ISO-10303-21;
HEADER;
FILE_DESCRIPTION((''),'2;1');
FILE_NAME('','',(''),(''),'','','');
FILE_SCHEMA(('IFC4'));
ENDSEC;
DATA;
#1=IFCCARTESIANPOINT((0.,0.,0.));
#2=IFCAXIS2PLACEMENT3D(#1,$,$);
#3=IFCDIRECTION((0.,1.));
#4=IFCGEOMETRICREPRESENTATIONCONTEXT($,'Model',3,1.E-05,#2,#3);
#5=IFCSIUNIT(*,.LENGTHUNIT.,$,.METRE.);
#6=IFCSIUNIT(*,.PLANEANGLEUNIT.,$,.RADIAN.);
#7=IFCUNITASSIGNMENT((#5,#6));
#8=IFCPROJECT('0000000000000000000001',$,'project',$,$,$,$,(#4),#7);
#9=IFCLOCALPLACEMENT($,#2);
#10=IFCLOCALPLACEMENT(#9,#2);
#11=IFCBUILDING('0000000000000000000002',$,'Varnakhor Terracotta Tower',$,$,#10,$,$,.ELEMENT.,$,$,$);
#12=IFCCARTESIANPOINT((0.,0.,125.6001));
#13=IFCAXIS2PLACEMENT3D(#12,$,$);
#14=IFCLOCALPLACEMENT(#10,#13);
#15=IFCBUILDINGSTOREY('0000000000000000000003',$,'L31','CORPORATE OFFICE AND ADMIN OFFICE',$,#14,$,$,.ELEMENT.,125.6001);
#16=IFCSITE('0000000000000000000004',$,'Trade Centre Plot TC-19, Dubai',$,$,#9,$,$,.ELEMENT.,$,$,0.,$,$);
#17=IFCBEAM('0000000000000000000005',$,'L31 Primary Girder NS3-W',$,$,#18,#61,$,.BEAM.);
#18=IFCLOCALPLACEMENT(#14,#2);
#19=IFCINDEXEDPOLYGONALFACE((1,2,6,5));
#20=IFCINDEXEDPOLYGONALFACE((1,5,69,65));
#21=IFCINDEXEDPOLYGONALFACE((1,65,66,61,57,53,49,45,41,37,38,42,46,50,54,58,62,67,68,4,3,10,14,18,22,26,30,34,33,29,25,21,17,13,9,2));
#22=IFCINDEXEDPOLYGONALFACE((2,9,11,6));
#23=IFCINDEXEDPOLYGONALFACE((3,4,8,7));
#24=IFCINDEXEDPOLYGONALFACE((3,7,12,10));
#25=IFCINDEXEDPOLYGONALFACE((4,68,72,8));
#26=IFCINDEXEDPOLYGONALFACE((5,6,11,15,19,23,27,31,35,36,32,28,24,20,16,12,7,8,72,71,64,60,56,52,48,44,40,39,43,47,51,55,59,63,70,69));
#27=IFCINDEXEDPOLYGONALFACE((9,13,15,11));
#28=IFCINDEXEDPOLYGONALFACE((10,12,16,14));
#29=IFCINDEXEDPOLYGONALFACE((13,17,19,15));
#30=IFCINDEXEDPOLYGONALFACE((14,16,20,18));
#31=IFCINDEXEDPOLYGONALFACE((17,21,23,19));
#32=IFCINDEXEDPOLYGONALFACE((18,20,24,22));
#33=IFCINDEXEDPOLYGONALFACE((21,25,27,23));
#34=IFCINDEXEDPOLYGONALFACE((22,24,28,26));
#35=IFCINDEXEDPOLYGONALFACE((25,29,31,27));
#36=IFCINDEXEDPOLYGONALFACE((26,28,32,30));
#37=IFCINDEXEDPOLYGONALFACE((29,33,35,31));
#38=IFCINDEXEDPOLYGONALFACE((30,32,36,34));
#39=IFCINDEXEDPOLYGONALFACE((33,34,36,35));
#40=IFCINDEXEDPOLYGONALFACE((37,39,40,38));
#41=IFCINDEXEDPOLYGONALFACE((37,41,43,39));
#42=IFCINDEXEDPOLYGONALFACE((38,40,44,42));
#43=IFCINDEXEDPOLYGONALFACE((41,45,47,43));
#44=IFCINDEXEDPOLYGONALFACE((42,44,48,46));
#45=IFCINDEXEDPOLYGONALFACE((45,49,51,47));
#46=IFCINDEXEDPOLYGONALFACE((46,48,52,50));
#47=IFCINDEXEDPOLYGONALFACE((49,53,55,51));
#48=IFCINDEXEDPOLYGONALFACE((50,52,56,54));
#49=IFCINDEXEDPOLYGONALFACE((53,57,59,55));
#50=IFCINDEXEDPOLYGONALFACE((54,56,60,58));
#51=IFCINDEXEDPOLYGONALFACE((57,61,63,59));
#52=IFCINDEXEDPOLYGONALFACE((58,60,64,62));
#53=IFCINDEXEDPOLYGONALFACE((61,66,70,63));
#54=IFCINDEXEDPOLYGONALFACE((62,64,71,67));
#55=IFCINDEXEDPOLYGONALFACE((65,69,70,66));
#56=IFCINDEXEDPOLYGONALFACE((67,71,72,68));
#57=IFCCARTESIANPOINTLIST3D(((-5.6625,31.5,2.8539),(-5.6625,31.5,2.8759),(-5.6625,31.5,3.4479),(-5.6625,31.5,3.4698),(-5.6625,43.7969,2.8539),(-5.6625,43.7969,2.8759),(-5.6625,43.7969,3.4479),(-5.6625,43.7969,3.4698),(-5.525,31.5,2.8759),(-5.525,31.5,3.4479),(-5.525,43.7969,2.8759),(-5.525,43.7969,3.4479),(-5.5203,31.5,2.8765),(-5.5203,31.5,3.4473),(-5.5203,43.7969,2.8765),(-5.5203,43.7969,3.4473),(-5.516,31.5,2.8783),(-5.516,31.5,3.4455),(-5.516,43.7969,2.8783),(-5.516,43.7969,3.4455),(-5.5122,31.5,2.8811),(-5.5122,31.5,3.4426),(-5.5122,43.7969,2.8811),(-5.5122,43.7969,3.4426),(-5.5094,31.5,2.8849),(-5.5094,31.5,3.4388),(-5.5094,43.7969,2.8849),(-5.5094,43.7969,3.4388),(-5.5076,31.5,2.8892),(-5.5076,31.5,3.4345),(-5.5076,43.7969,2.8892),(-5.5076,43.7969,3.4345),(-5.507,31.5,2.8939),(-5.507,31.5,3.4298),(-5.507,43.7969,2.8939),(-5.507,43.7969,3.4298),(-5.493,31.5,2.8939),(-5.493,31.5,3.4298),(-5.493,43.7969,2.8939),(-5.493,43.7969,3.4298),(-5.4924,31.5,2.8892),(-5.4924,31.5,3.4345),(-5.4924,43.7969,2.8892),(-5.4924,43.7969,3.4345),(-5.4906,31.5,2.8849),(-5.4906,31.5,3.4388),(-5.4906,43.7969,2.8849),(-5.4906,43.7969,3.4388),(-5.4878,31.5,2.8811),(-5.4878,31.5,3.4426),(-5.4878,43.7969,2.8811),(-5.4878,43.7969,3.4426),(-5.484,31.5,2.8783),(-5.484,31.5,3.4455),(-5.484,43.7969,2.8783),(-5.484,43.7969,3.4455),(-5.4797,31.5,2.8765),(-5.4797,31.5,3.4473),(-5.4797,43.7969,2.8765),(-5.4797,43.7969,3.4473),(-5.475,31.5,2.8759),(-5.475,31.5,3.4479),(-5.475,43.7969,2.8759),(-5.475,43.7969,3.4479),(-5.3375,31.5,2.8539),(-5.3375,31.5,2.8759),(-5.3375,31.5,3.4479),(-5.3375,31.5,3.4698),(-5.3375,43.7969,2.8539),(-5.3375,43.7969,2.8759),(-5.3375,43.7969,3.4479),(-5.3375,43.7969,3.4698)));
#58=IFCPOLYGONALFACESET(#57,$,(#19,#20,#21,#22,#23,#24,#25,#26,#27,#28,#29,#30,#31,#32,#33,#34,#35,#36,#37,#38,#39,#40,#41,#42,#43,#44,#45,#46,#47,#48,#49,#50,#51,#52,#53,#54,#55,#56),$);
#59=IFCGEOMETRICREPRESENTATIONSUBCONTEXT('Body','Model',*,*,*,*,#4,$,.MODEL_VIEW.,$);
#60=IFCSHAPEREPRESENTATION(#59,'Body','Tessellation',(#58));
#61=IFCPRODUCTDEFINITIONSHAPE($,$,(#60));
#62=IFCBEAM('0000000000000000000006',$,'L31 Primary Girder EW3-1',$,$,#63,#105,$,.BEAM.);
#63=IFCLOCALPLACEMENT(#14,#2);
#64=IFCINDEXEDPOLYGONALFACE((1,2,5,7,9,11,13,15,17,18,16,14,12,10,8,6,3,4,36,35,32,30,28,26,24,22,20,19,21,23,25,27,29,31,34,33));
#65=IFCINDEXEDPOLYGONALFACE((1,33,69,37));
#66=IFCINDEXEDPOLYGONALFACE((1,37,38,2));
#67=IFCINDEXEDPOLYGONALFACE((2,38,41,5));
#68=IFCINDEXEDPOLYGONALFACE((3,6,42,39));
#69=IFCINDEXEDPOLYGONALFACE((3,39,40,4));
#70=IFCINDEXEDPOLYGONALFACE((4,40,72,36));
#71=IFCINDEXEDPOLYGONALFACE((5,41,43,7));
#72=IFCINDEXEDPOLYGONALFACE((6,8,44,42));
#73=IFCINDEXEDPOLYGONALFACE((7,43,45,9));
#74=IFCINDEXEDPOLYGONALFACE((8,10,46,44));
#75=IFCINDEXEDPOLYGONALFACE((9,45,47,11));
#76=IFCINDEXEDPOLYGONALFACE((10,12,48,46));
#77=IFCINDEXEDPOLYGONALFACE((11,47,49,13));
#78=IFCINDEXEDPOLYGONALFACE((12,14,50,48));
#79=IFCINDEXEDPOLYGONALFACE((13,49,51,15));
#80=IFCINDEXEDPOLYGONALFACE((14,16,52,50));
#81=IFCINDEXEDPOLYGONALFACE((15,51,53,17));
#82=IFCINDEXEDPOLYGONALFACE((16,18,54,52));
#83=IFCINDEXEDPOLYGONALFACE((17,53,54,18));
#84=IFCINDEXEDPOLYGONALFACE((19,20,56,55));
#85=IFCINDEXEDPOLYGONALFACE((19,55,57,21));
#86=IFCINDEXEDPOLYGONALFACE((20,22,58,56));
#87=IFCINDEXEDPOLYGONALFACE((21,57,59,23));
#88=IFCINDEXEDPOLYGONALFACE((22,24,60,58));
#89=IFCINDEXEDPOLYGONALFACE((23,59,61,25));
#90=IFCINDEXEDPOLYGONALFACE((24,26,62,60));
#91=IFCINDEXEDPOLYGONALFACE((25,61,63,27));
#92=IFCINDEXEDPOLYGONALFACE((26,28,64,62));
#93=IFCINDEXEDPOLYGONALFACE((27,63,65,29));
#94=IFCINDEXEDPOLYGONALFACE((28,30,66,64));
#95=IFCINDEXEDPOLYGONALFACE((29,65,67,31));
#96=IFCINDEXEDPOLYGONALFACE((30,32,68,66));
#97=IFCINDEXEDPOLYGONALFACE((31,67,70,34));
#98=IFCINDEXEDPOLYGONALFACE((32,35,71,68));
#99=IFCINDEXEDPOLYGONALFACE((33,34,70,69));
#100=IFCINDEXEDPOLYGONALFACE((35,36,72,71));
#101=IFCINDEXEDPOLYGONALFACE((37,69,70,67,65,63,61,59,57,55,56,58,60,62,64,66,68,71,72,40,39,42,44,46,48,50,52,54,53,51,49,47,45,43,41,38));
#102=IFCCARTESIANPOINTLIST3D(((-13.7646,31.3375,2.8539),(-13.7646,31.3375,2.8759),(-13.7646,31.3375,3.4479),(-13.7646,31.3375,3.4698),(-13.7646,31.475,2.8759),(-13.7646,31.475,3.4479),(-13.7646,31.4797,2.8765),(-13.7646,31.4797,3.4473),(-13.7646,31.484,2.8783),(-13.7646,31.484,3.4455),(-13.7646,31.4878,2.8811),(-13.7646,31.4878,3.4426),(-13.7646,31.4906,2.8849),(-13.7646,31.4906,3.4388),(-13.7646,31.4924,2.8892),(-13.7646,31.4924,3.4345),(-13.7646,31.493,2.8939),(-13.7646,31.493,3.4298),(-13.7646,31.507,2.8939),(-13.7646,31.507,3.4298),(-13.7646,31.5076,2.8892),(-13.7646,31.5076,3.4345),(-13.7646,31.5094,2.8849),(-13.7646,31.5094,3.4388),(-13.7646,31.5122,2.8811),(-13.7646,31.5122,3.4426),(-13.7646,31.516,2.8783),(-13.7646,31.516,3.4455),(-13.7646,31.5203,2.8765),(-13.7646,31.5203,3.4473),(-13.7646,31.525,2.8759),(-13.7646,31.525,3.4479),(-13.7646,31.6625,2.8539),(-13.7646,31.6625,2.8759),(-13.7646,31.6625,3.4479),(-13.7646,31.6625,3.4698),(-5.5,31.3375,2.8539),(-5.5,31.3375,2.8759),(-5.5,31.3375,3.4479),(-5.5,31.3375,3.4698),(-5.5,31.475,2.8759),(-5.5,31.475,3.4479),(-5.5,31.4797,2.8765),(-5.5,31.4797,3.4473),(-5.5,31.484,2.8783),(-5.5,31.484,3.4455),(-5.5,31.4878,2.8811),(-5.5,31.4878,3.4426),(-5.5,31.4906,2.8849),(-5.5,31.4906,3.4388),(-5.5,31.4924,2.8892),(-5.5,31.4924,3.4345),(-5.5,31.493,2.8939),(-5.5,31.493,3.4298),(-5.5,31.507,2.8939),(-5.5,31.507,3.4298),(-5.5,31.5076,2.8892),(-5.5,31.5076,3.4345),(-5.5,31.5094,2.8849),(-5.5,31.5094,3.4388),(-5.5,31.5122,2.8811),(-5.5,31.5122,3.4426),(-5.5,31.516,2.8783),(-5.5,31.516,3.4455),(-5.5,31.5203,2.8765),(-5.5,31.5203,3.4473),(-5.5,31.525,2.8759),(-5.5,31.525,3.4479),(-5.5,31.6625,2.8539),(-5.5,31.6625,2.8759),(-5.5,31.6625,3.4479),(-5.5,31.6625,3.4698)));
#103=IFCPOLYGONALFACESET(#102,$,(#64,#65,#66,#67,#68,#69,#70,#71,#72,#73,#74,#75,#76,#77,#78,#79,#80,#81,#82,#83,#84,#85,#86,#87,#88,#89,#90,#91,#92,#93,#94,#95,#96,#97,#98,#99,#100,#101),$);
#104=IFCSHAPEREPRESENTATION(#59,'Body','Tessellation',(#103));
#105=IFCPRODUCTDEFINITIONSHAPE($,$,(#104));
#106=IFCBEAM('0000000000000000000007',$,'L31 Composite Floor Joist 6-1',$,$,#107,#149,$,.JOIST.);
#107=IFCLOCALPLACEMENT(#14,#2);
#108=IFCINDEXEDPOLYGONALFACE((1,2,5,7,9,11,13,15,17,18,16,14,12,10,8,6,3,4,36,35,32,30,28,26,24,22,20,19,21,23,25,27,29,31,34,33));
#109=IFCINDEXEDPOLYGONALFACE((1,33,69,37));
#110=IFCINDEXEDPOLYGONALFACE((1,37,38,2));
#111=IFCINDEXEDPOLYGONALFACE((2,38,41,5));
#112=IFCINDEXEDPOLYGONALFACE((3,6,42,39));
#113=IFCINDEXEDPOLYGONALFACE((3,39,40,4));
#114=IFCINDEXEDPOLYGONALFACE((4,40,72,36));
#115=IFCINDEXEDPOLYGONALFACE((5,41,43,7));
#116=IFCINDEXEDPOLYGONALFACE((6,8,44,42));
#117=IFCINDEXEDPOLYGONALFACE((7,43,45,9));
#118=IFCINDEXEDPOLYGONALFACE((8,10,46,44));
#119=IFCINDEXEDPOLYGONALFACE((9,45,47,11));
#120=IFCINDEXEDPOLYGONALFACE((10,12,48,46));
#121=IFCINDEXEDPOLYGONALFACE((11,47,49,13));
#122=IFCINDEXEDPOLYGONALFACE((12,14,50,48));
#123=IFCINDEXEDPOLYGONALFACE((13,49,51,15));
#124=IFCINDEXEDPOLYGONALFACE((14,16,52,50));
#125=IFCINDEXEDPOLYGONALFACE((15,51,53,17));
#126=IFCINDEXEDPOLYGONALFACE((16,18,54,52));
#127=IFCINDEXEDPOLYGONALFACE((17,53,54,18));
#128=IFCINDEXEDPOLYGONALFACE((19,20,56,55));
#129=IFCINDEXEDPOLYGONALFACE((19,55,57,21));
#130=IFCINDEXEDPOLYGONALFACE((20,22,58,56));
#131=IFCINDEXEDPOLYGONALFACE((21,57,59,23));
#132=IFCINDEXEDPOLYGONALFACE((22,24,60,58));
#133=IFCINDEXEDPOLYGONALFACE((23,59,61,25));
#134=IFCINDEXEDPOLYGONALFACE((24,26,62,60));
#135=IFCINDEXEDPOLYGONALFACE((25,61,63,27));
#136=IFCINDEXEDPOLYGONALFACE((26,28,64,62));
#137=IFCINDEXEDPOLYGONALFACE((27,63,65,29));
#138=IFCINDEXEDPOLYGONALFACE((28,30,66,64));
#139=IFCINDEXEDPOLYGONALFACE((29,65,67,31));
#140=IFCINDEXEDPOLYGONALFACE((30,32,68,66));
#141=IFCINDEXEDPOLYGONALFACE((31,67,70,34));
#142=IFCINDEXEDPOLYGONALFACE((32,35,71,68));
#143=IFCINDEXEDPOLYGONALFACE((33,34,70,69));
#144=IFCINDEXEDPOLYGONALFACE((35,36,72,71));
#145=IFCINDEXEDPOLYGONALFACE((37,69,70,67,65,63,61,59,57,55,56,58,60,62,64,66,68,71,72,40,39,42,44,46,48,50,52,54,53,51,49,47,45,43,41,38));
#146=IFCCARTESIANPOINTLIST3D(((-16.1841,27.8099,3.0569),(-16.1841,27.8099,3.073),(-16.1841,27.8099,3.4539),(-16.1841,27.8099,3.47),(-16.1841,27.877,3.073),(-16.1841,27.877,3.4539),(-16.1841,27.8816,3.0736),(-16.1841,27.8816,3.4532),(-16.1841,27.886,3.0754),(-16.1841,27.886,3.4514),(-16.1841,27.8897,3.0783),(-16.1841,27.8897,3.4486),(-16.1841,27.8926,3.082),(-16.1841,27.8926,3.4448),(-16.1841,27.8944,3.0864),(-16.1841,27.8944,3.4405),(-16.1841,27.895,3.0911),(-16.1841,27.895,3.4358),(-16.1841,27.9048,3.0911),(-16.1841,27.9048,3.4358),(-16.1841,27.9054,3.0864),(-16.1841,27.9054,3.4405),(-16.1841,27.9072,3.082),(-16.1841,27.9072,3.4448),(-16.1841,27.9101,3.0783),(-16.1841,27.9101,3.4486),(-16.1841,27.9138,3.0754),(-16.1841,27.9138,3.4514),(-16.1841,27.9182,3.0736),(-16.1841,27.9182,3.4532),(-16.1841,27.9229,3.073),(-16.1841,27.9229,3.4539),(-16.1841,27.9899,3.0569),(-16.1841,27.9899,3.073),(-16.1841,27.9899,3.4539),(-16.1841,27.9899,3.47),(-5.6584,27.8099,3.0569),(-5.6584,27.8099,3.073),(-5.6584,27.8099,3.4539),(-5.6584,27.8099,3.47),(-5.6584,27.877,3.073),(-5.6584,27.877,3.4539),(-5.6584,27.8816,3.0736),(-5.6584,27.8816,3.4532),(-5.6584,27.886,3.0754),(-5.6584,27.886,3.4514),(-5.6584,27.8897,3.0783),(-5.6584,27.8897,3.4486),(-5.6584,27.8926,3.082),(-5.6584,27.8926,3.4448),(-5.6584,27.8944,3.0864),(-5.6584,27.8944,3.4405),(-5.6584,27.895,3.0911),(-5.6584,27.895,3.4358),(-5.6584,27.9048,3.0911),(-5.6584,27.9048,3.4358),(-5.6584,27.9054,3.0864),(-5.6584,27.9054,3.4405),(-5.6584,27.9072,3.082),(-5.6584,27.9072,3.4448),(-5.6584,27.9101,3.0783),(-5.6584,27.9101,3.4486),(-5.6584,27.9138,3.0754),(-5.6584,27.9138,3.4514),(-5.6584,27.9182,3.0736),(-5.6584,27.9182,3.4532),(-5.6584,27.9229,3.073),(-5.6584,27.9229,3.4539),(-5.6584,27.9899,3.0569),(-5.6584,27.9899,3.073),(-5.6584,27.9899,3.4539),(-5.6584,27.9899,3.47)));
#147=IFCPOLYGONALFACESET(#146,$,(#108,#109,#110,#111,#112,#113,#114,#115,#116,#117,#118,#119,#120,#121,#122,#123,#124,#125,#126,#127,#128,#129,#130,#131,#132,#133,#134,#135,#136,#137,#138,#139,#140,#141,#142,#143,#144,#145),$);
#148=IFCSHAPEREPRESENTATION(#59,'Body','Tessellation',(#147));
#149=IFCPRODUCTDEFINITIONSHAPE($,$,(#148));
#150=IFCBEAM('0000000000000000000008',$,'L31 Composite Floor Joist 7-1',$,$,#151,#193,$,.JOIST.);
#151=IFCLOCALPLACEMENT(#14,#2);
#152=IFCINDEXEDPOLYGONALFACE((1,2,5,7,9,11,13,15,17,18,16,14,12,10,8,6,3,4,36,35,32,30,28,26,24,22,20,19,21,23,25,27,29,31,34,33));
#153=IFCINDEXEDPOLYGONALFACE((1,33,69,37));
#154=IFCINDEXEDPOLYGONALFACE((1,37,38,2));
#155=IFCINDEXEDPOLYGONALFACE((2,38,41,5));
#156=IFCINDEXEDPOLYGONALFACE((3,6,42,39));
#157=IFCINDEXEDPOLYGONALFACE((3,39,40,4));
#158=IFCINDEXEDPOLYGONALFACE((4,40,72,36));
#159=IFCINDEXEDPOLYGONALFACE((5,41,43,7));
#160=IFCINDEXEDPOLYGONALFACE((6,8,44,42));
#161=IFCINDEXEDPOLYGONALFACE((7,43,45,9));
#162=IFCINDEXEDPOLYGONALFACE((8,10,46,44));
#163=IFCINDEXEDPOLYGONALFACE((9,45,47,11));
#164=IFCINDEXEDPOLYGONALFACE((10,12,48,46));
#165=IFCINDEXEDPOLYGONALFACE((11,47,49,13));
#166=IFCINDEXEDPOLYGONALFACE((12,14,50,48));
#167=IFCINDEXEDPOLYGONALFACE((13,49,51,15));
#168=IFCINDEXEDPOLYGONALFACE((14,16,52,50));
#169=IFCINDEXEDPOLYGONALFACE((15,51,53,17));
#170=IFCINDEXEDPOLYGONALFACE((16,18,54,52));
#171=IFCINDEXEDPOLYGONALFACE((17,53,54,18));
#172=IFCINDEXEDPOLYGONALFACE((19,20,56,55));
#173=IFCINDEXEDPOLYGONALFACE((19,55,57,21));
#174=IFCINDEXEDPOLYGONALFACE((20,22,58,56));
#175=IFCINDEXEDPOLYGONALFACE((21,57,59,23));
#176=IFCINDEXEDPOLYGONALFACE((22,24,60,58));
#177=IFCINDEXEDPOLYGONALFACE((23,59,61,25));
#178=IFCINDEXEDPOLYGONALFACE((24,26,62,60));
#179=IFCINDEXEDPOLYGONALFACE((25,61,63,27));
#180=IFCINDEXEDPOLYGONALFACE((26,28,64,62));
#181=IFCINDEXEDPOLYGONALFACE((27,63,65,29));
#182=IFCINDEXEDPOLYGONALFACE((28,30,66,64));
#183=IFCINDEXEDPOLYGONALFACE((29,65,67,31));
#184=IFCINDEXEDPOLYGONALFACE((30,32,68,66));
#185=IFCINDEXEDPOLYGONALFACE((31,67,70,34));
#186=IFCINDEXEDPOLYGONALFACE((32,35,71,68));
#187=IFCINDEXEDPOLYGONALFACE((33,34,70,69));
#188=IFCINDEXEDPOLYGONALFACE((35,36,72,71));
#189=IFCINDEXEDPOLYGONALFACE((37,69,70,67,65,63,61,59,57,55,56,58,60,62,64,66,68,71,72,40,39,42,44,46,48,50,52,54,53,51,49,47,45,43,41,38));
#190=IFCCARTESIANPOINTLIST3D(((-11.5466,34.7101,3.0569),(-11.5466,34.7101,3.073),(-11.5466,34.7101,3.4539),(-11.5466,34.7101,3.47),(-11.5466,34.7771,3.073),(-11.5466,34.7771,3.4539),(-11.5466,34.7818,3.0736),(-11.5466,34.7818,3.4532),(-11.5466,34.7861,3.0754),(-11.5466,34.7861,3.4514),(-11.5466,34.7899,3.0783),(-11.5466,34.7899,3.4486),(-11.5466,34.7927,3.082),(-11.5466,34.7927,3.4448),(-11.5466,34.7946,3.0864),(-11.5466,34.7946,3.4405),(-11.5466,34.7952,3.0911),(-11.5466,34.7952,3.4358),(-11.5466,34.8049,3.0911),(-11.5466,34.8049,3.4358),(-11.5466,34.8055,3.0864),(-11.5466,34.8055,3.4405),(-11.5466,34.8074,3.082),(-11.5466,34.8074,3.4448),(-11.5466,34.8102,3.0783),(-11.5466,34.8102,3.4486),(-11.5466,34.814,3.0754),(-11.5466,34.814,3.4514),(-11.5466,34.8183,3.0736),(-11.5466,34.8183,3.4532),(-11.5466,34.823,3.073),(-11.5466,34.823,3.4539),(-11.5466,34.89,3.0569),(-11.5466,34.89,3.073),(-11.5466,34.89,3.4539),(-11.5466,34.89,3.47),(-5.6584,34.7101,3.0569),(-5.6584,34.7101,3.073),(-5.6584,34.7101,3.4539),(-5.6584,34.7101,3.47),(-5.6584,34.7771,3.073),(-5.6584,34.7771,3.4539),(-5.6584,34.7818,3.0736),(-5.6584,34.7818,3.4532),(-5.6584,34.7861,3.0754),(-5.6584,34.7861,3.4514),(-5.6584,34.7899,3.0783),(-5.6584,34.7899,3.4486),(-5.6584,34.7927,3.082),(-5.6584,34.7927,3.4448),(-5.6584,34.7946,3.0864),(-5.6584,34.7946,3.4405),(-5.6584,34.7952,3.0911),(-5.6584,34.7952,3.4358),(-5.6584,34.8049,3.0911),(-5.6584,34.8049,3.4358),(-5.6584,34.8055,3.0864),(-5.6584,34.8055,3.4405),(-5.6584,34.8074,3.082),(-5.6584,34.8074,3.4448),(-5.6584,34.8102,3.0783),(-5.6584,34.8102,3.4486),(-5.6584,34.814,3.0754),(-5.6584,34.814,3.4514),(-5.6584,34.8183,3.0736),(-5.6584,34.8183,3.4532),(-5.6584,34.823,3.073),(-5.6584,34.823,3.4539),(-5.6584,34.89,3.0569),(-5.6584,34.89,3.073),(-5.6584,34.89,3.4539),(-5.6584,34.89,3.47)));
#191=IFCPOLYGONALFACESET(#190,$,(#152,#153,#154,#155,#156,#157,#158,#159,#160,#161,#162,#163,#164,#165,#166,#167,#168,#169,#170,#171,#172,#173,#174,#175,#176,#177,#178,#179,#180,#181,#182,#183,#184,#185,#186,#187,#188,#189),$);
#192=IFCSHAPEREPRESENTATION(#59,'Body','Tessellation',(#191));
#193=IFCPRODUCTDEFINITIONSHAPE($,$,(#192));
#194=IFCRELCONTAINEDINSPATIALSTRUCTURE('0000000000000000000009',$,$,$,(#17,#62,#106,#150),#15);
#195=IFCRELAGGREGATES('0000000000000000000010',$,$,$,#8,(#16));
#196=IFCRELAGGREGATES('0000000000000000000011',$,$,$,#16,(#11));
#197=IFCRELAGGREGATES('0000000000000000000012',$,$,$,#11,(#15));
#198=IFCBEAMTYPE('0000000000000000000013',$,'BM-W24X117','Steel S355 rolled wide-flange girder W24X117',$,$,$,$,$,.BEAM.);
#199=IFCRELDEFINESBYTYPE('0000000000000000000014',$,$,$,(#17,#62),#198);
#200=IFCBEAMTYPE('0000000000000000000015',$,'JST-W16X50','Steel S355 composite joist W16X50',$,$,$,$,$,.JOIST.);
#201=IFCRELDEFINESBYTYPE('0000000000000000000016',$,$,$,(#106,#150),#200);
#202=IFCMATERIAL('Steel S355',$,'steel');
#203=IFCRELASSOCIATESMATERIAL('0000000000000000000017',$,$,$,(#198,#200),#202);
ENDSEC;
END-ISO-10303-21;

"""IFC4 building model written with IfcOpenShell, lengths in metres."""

from ifc_helpers import new_model, si_unit, direction, frame, origin, origin_2d, place, context, subcontext, project, spatial, i_section, extrude, source, transform, mapped, material, material_profile, profile_set, type_object, element, save


model = new_model("IFC4")

# Units and contexts
model_context = context("Model", 3, precision=1e-05, world=origin(), true_north=direction((0.0, 1.0)))
body_context = subcontext(model_context, "Body", "Model", "MODEL_VIEW")
ifc_project = project(units=[si_unit("LENGTHUNIT", "METRE"), si_unit("PLANEANGLEUNIT", "RADIAN")], contexts=[model_context])

# Site, building, storey
site_placement = place(None, origin())
site = spatial("IfcSite", under=ifc_project, at=site_placement, Name="Trade Centre Plot TC-19, Dubai", CompositionType="ELEMENT", RefElevation=0.0)
building_placement = place(site_placement, origin())
building = spatial("IfcBuilding", under=site, at=building_placement, Name="Varnakhor Terracotta Tower", CompositionType="ELEMENT")
storey_placement = place(building_placement, frame((0.0, 0.0, 125.6001)))
storey = spatial("IfcBuildingStorey", under=building, at=storey_placement, Name="L31", Description="CORPORATE OFFICE AND ADMIN OFFICE", CompositionType="ELEMENT", Elevation=125.6001)

# Beams
ifc_material_1 = material(Name="Steel S355", Category="steel")
ifc_material_profile_1 = material_profile(ifc_material_1, i_section(OverallWidth=0.325, OverallDepth=0.616, WebThickness=0.0139, FlangeThickness=0.022, FilletRadius=0.0181, at=origin_2d()), Name="W24X117")
ifc_profile_set_1 = profile_set([ifc_material_profile_1], Name="Steel S355")
beam_type_1 = type_object("IfcBeamType", Name="BM-W24X117", Description="Steel S355 rolled wide-flange girder W24X117", PredefinedType="BEAM", material=ifc_profile_set_1)
ifc_material_profile_2 = material_profile(ifc_material_1, i_section(OverallWidth=0.1799, OverallDepth=0.4131, WebThickness=0.0098, FlangeThickness=0.0161, FilletRadius=0.0181, at=origin_2d()), Name="W16X50")
ifc_profile_set_2 = profile_set([ifc_material_profile_2], Name="Steel S355")
beam_type_2 = type_object("IfcBeamType", Name="JST-W16X50", Description="Steel S355 composite joist W16X50", PredefinedType="JOIST", material=ifc_profile_set_2)
shared_shape_1 = source(origin(), body_context, "Body", "SweptSolid", [
    extrude(i_section(OverallWidth=0.325, OverallDepth=0.616, WebThickness=0.0139, FlangeThickness=0.022, FilletRadius=0.0181, at=origin_2d()), origin(), (0.0, 0.0, 1.0), 12.2969),
])
beam_1_placement = place(storey_placement, frame((-5.5, 31.5, 3.1619), z_axis=(0.0, 1.0, 0.0), x_axis=(-1.0, 0.0, 0.0)))
element("IfcBeam", 1, at=beam_1_placement, inside=storey, type_object=beam_type_1, Name="L31 Primary Girder NS3-W", PredefinedType="BEAM", context=body_context, shape_type="MappedRepresentation", body=[
    mapped(shared_shape_1, transform((0.0, 0.0, 0.0), scale=1.0)),
])
shared_shape_2 = source(origin(), body_context, "Body", "SweptSolid", [
    extrude(i_section(OverallWidth=0.325, OverallDepth=0.616, WebThickness=0.0139, FlangeThickness=0.022, FilletRadius=0.0181, at=origin_2d()), origin(), (0.0, 0.0, 1.0), 8.2646),
])
beam_2_placement = place(storey_placement, frame((-13.7646, 31.5, 3.1619), z_axis=(1.0, 0.0, 0.0), x_axis=(0.0, 1.0, 0.0)))
element("IfcBeam", 2, at=beam_2_placement, inside=storey, type_object=beam_type_1, Name="L31 Primary Girder EW3-1", PredefinedType="BEAM", context=body_context, shape_type="MappedRepresentation", body=[
    mapped(shared_shape_2, transform((0.0, 0.0, 0.0), scale=1.0)),
])
shared_shape_3 = source(origin(), body_context, "Body", "SweptSolid", [
    extrude(i_section(OverallWidth=0.1799, OverallDepth=0.4131, WebThickness=0.0098, FlangeThickness=0.0161, FilletRadius=0.0181, at=origin_2d()), origin(), (0.0, 0.0, 1.0), 10.5256),
])
beam_3_placement = place(storey_placement, frame((-16.1841, 27.8999, 3.2634), z_axis=(1.0, 0.0, 0.0), x_axis=(0.0, 1.0, 0.0)))
element("IfcBeam", 3, at=beam_3_placement, inside=storey, type_object=beam_type_2, Name="L31 Composite Floor Joist 6-1", PredefinedType="JOIST", context=body_context, shape_type="MappedRepresentation", body=[
    mapped(shared_shape_3, transform((0.0, 0.0, 0.0), scale=1.0)),
])
shared_shape_4 = source(origin(), body_context, "Body", "SweptSolid", [
    extrude(i_section(OverallWidth=0.1799, OverallDepth=0.4131, WebThickness=0.0098, FlangeThickness=0.0161, FilletRadius=0.0181, at=origin_2d()), origin(), (0.0, 0.0, 1.0), 5.8882),
])
beam_4_placement = place(storey_placement, frame((-11.5466, 34.8, 3.2634), z_axis=(1.0, 0.0, 0.0), x_axis=(0.0, 1.0, 0.0)))
element("IfcBeam", 4, at=beam_4_placement, inside=storey, type_object=beam_type_2, Name="L31 Composite Floor Joist 7-1", PredefinedType="JOIST", context=body_context, shape_type="MappedRepresentation", body=[
    mapped(shared_shape_4, transform((0.0, 0.0, 0.0), scale=1.0)),
])

save(model, "model.ifc")
